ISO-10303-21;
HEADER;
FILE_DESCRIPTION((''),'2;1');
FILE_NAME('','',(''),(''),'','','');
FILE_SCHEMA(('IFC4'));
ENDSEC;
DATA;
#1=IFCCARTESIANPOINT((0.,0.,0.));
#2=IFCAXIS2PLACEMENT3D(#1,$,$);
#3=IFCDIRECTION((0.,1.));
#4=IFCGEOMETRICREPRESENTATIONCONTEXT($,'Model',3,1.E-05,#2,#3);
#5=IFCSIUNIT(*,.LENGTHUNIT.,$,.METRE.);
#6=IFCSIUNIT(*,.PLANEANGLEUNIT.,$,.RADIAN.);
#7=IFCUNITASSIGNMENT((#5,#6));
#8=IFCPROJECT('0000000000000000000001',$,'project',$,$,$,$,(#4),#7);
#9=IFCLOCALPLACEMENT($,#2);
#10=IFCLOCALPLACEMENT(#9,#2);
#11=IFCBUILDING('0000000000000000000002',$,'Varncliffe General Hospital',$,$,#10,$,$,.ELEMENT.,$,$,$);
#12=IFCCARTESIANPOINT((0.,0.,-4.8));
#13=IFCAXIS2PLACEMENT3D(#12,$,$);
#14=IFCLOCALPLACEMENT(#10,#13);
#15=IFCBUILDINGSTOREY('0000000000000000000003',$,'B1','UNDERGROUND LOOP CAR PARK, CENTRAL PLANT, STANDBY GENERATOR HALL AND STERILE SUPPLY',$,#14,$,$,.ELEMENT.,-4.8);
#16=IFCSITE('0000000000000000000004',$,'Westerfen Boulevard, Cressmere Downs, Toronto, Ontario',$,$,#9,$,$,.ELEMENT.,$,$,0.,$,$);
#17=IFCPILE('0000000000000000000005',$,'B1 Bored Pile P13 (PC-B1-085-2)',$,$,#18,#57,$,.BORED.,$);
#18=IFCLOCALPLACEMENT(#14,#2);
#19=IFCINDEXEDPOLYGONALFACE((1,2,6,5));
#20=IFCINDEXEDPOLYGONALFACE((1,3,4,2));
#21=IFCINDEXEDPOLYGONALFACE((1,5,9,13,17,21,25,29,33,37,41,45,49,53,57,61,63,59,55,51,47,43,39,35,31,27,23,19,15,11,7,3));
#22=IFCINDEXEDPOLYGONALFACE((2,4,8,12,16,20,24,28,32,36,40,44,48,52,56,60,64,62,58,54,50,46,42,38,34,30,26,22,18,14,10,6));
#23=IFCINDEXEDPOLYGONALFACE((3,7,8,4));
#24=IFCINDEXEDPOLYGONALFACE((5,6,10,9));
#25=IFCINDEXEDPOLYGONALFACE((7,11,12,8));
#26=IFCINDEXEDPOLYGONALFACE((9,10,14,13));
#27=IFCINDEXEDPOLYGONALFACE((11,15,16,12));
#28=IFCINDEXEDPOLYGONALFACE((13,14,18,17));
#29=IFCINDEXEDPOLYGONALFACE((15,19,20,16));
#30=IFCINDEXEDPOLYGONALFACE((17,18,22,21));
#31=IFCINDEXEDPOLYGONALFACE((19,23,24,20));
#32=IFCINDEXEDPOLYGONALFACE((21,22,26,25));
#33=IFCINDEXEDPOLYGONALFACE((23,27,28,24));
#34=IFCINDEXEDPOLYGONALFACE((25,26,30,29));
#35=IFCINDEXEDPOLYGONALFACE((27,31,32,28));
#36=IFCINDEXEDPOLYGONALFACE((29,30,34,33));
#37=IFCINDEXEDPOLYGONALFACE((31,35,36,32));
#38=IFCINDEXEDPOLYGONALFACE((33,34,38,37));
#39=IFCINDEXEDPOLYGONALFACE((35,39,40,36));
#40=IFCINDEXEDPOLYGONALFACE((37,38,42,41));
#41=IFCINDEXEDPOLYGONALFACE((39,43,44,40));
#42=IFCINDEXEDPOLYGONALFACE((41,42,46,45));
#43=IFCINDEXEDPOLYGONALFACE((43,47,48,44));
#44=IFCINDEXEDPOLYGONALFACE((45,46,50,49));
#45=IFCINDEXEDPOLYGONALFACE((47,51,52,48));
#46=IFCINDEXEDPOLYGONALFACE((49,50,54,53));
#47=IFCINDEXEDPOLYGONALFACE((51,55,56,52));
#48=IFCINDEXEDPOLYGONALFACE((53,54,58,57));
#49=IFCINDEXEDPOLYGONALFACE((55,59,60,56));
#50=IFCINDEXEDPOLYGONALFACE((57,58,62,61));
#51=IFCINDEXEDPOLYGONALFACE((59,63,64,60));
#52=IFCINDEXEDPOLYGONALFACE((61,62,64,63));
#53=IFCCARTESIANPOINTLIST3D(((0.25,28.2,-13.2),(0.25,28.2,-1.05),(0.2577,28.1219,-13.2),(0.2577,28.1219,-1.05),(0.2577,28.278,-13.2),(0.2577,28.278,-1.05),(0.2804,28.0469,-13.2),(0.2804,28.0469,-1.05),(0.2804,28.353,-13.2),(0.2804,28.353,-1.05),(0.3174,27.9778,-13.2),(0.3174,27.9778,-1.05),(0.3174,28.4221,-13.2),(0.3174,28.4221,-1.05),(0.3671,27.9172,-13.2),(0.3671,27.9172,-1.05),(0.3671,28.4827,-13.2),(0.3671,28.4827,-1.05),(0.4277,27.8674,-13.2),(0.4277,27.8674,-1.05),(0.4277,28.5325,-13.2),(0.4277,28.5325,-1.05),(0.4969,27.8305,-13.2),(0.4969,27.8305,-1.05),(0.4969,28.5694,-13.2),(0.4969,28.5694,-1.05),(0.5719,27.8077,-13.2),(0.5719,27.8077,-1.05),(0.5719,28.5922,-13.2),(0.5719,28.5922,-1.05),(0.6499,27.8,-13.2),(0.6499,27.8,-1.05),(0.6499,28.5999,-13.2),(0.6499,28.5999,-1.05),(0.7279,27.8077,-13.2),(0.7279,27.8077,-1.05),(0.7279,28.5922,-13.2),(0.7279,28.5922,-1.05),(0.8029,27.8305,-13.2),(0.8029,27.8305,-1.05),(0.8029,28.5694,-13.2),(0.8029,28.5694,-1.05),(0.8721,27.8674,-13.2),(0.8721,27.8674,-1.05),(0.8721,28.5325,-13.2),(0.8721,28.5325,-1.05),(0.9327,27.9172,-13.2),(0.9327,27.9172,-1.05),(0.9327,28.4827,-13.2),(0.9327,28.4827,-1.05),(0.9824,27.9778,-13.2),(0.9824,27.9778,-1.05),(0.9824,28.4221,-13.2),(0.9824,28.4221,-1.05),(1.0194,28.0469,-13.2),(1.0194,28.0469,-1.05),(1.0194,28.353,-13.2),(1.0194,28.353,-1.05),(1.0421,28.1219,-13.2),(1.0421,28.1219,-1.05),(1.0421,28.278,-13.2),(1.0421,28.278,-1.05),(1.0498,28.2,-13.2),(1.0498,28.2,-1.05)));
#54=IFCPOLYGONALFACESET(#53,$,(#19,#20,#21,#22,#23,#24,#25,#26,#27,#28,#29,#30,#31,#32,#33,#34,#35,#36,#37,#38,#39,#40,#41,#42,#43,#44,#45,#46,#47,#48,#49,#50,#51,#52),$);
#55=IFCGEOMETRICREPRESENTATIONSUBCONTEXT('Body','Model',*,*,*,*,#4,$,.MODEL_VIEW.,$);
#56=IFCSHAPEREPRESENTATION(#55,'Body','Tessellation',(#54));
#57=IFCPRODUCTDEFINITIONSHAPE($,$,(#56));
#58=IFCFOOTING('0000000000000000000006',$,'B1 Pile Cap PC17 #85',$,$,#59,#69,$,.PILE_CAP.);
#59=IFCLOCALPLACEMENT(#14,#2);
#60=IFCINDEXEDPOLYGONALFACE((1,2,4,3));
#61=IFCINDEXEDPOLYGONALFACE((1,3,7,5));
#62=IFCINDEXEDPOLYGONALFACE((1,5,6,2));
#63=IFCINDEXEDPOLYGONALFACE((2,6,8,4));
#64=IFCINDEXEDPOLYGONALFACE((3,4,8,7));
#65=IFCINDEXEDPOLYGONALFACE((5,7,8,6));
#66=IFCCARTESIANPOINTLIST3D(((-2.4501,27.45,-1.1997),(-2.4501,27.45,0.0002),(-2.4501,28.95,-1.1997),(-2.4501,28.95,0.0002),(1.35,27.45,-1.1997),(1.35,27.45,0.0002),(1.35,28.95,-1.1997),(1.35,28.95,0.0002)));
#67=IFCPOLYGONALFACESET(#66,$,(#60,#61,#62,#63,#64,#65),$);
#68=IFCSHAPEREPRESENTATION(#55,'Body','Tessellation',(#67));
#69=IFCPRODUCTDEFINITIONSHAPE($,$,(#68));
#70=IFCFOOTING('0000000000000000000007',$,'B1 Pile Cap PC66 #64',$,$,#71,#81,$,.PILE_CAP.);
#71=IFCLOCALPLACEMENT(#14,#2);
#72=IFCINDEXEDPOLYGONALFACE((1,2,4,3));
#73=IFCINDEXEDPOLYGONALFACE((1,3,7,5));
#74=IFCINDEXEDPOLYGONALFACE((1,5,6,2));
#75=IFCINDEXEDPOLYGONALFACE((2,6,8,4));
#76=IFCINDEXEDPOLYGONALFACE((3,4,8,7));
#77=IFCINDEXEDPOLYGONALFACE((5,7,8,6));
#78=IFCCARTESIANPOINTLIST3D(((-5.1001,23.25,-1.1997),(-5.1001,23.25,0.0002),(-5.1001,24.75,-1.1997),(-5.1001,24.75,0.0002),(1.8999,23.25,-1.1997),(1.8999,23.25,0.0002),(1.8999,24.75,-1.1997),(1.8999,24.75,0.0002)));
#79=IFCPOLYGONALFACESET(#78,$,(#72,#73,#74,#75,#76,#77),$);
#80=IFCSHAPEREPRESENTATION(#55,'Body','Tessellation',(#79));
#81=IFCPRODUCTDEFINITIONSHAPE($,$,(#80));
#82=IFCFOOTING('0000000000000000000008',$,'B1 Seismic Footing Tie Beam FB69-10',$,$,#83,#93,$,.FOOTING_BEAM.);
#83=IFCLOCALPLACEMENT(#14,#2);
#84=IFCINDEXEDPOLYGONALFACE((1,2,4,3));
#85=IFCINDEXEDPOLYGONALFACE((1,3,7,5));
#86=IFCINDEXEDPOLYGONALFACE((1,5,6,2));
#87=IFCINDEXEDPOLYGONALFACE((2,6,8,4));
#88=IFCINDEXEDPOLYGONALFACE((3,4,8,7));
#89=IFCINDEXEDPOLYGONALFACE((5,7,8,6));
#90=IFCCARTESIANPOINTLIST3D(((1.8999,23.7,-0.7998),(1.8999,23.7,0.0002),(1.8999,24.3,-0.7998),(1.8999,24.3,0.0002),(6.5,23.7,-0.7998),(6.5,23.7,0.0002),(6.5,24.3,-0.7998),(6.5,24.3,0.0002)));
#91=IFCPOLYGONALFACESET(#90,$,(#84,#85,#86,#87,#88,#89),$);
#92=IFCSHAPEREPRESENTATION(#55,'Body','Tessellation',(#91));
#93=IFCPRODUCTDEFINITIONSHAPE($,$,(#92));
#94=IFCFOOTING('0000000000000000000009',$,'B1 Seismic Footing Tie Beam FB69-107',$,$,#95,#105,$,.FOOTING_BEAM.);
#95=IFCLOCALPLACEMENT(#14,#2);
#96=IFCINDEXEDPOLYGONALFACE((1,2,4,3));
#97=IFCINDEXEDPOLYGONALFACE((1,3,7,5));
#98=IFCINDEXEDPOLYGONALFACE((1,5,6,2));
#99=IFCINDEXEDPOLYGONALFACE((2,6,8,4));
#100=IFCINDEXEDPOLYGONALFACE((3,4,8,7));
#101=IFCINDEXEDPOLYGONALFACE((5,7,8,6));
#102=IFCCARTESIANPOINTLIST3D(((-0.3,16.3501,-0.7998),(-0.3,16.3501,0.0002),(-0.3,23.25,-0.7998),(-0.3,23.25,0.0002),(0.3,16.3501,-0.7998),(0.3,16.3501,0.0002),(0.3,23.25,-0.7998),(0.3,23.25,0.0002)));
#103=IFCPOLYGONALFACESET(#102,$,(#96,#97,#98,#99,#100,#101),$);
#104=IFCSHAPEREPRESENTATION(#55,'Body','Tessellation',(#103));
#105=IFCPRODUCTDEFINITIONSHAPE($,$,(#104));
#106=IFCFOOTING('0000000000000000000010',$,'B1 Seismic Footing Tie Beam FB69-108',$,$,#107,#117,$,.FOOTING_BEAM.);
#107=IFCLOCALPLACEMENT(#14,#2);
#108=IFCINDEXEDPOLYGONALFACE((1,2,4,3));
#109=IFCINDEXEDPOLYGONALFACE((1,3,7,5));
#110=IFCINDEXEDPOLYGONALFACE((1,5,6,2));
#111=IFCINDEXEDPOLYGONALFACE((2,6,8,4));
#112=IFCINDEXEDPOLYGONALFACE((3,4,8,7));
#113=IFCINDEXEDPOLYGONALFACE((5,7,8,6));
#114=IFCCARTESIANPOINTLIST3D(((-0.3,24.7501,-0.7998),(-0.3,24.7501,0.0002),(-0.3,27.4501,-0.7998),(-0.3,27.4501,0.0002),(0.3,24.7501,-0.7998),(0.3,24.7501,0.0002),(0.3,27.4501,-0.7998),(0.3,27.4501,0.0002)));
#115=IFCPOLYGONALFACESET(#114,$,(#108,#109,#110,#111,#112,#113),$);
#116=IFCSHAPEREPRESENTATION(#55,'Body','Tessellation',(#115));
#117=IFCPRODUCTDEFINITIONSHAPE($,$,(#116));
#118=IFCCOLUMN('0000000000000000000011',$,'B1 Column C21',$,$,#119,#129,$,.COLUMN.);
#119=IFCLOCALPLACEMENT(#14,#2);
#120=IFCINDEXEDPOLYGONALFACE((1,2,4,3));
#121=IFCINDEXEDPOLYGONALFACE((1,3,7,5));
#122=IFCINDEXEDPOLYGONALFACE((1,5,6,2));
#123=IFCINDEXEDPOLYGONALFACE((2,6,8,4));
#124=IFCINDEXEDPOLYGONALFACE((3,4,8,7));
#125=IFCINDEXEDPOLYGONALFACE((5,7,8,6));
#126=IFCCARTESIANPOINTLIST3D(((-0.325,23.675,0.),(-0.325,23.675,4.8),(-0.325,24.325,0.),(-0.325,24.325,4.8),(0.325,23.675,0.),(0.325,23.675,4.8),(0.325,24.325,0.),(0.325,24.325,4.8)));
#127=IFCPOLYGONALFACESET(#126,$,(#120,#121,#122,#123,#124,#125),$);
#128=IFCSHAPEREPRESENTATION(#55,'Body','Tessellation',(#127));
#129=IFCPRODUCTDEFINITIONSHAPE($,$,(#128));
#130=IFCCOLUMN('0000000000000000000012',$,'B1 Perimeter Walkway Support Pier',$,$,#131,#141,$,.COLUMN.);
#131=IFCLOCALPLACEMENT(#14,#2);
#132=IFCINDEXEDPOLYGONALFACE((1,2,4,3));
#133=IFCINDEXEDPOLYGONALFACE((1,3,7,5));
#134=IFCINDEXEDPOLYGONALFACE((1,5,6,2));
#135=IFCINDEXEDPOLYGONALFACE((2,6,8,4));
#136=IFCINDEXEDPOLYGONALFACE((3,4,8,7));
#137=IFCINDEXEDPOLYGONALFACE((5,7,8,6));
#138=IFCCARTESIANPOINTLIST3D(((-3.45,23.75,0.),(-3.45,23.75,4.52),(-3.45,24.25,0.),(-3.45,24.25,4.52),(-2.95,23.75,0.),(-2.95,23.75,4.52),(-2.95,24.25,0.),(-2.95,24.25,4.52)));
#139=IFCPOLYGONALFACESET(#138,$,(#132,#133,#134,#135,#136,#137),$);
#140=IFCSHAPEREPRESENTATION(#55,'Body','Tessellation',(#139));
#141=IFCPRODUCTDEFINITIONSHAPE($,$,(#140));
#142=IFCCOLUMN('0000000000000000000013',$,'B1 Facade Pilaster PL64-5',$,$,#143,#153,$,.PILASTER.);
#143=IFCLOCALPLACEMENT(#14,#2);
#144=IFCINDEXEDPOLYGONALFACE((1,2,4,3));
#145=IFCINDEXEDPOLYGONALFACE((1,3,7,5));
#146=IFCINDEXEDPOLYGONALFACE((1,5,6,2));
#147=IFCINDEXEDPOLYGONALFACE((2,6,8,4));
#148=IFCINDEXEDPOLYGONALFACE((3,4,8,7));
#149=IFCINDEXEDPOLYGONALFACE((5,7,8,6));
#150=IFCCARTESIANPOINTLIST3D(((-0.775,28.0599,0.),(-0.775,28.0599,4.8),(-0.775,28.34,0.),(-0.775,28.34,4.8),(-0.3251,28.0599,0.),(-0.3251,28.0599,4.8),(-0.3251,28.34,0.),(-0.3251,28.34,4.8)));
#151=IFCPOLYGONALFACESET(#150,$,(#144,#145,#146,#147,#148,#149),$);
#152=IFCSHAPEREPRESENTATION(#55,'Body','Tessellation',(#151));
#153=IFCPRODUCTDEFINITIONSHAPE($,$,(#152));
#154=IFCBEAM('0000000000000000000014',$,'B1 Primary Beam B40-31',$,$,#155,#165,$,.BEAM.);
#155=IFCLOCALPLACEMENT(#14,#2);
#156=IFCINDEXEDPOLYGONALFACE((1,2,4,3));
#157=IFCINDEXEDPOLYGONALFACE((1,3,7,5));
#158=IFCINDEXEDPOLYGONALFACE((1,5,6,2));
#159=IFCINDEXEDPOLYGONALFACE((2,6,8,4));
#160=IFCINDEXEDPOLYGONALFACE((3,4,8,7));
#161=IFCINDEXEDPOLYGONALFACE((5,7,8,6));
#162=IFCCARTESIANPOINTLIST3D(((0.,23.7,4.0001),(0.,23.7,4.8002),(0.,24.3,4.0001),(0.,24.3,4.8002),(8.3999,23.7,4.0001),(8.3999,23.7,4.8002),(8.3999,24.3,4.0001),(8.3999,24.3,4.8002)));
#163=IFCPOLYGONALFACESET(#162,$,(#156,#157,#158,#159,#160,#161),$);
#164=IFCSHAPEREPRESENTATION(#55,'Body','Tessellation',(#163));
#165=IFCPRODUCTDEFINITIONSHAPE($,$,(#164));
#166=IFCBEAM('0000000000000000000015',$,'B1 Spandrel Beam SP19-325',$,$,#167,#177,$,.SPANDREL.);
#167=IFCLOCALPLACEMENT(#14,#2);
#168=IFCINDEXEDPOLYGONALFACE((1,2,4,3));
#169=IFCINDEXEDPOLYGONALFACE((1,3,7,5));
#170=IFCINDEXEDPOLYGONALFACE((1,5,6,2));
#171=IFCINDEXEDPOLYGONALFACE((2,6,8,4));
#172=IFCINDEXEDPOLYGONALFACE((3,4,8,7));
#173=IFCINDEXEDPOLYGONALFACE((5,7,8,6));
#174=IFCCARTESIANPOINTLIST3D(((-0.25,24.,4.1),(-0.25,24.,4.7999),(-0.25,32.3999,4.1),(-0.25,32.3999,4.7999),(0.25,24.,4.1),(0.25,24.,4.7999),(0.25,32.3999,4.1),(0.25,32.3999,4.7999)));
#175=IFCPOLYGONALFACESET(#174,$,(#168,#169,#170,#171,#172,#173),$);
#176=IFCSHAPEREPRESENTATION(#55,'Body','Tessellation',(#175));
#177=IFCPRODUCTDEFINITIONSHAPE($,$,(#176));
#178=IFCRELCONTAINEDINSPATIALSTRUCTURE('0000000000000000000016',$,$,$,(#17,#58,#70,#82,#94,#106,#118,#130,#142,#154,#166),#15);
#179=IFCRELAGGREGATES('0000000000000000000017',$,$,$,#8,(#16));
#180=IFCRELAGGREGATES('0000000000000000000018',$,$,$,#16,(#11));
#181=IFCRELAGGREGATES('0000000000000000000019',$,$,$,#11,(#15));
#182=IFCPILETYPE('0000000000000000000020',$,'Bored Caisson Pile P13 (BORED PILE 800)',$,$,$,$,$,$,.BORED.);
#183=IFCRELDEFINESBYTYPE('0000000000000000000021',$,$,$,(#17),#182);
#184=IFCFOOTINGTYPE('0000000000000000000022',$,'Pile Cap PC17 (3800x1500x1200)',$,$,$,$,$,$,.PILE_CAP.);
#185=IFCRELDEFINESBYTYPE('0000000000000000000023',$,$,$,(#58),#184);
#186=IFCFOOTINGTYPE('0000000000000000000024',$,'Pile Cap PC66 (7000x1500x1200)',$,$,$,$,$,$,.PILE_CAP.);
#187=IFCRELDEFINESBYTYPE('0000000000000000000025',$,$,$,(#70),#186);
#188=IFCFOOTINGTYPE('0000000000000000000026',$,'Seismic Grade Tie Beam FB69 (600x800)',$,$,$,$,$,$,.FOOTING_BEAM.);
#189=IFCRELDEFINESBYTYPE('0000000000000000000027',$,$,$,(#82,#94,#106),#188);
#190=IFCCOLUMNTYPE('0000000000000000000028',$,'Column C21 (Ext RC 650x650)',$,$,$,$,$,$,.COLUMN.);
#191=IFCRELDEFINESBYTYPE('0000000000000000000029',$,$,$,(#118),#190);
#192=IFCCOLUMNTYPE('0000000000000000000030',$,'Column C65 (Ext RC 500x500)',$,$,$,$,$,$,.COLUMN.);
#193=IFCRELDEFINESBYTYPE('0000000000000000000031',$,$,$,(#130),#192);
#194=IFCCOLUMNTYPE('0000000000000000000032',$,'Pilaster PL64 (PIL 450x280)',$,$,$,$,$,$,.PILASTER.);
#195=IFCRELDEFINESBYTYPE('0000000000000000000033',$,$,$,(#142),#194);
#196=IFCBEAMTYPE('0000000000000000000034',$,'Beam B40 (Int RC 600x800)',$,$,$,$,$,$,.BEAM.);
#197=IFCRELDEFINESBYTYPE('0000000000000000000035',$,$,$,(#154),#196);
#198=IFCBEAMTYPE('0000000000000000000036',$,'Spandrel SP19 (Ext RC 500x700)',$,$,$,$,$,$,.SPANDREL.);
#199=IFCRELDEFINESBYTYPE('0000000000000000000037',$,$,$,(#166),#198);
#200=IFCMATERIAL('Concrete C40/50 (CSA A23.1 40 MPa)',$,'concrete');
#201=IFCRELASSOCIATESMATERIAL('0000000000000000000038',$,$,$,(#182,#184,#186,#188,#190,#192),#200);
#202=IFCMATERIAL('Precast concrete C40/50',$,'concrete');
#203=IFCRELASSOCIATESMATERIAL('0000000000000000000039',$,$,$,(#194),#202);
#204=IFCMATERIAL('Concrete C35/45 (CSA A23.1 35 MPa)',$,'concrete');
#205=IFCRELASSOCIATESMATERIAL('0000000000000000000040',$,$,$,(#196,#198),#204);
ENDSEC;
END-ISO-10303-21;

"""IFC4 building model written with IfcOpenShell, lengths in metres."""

from ifc_helpers import new_model, si_unit, direction, frame, origin, origin_2d, place, context, subcontext, project, spatial, rectangle, circle, extrude, material, material_profile, profile_set, type_object, element, save


model = new_model("IFC4")

# Units and contexts
model_context = context("Model", 3, precision=1e-05, world=origin(), true_north=direction((0.0, 1.0)))
body_context = subcontext(model_context, "Body", "Model", "MODEL_VIEW")
ifc_project = project(units=[si_unit("LENGTHUNIT", "METRE"), si_unit("PLANEANGLEUNIT", "RADIAN")], contexts=[model_context])

# Site, building, storey
site_placement = place(None, origin())
site = spatial("IfcSite", under=ifc_project, at=site_placement, Name="Westerfen Boulevard, Cressmere Downs, Toronto, Ontario", CompositionType="ELEMENT", RefElevation=0.0)
building_placement = place(site_placement, origin())
building = spatial("IfcBuilding", under=site, at=building_placement, Name="Varncliffe General Hospital", CompositionType="ELEMENT")
storey_placement = place(building_placement, frame((0.0, 0.0, -4.8)))
storey = spatial("IfcBuildingStorey", under=building, at=storey_placement, Name="B1", Description="UNDERGROUND LOOP CAR PARK, CENTRAL PLANT, STANDBY GENERATOR HALL AND STERILE SUPPLY", CompositionType="ELEMENT", Elevation=-4.8)

# Pile
ifc_material_1 = material(Name="Concrete C40/50 (CSA A23.1 40 MPa)", Category="concrete")
ifc_material_profile_1 = material_profile(ifc_material_1, circle(Radius=0.3999, at=origin_2d()), Name="BORED PILE 800")
ifc_profile_set_1 = profile_set([ifc_material_profile_1], Name="Concrete C40/50 (CSA A23.1 40 MPa)")
pile_type = type_object("IfcPileType", Name="Bored Caisson Pile P13 (BORED PILE 800)", PredefinedType="BORED", material=ifc_profile_set_1)
for number, where, z_axis, x_axis, name in (
    (1, (0.6499, 28.2, -1.05), (0.0, 0.0, -1.0), (1.0, 0.0, 0.0), "B1 Bored Pile P13 (PC-B1-085-2)"),
):
    element("IfcPile", number, at=place(storey_placement, frame(where, z_axis=z_axis, x_axis=x_axis)), inside=storey, type_object=pile_type, Name=name, PredefinedType="BORED", context=body_context, shape_type="SweptSolid", body=[
        extrude(circle(Radius=0.3999, at=origin_2d()), origin(), (0.0, 0.0, 1.0), 12.1499),
    ])

# Footings
footing_type_1 = type_object("IfcFootingType", Name="Pile Cap PC17 (3800x1500x1200)", PredefinedType="PILE_CAP", material=ifc_material_1)
footing_1_placement = place(storey_placement, frame((-0.55, 28.2, -1.1997), z_axis=(0.0, 0.0, 1.0), x_axis=(1.0, 0.0, 0.0)))
element("IfcFooting", 2, at=footing_1_placement, inside=storey, type_object=footing_type_1, Name="B1 Pile Cap PC17 #85", PredefinedType="PILE_CAP", context=body_context, shape_type="SweptSolid", body=[
    extrude(rectangle(XDim=3.8, YDim=1.5, at=origin_2d()), origin(), (0.0, 0.0, 1.0), 1.2),
])
footing_type_2 = type_object("IfcFootingType", Name="Pile Cap PC66 (7000x1500x1200)", PredefinedType="PILE_CAP", material=ifc_material_1)
footing_2_placement = place(storey_placement, frame((-1.6001, 24.0, -1.1997), z_axis=(0.0, 0.0, 1.0), x_axis=(1.0, 0.0, 0.0)))
element("IfcFooting", 3, at=footing_2_placement, inside=storey, type_object=footing_type_2, Name="B1 Pile Cap PC66 #64", PredefinedType="PILE_CAP", context=body_context, shape_type="SweptSolid", body=[
    extrude(rectangle(XDim=7.0, YDim=1.5, at=origin_2d()), origin(), (0.0, 0.0, 1.0), 1.2),
])
footing_type_3 = type_object("IfcFootingType", Name="Seismic Grade Tie Beam FB69 (600x800)", PredefinedType="FOOTING_BEAM", material=ifc_material_1)
footing_3_placement = place(storey_placement, frame((4.2, 24.0, -0.7998), z_axis=(0.0, 0.0, 1.0), x_axis=(1.0, 0.0, 0.0)))
element("IfcFooting", 4, at=footing_3_placement, inside=storey, type_object=footing_type_3, Name="B1 Seismic Footing Tie Beam FB69-10", PredefinedType="FOOTING_BEAM", context=body_context, shape_type="SweptSolid", body=[
    extrude(rectangle(XDim=4.6001, YDim=0.6001, at=origin_2d()), origin(), (0.0, 0.0, 1.0), 0.8),
])
footing_4_placement = place(storey_placement, frame((0.0, 19.8, -0.7998), z_axis=(0.0, 0.0, 1.0), x_axis=(1.0, 0.0, 0.0)))
element("IfcFooting", 5, at=footing_4_placement, inside=storey, type_object=footing_type_3, Name="B1 Seismic Footing Tie Beam FB69-107", PredefinedType="FOOTING_BEAM", context=body_context, shape_type="SweptSolid", body=[
    extrude(rectangle(XDim=0.6001, YDim=6.8999, at=origin_2d()), origin(), (0.0, 0.0, 1.0), 0.8),
])
footing_5_placement = place(storey_placement, frame((0.0, 26.1001, -0.7998), z_axis=(0.0, 0.0, 1.0), x_axis=(1.0, 0.0, 0.0)))
element("IfcFooting", 6, at=footing_5_placement, inside=storey, type_object=footing_type_3, Name="B1 Seismic Footing Tie Beam FB69-108", PredefinedType="FOOTING_BEAM", context=body_context, shape_type="SweptSolid", body=[
    extrude(rectangle(XDim=0.6001, YDim=2.7, at=origin_2d()), origin(), (0.0, 0.0, 1.0), 0.8),
])

# Columns
ifc_material_profile_2 = material_profile(ifc_material_1, rectangle(XDim=0.6499, YDim=0.6499, at=origin_2d()), Name="RC 650x650")
ifc_profile_set_2 = profile_set([ifc_material_profile_2], Name="Concrete C40/50 (CSA A23.1 40 MPa)")
column_type_1 = type_object("IfcColumnType", Name="Column C21 (Ext RC 650x650)", PredefinedType="COLUMN", material=ifc_profile_set_2)
column_1_placement = place(storey_placement, frame((0.0, 24.0, 0.0), z_axis=(0.0, 0.0, 1.0), x_axis=(1.0, 0.0, 0.0)))
element("IfcColumn", 7, at=column_1_placement, inside=storey, type_object=column_type_1, Name="B1 Column C21", PredefinedType="COLUMN", context=body_context, shape_type="SweptSolid", body=[
    extrude(rectangle(XDim=0.6499, YDim=0.6499, at=origin_2d()), origin(), (0.0, 0.0, 1.0), 4.8),
])
ifc_material_profile_3 = material_profile(ifc_material_1, rectangle(XDim=0.5, YDim=0.5, at=origin_2d()), Name="RC 500x500")
ifc_profile_set_3 = profile_set([ifc_material_profile_3], Name="Concrete C40/50 (CSA A23.1 40 MPa)")
column_type_2 = type_object("IfcColumnType", Name="Column C65 (Ext RC 500x500)", PredefinedType="COLUMN", material=ifc_profile_set_3)
column_2_placement = place(storey_placement, frame((-3.2, 24.0, 0.0), z_axis=(0.0, 0.0, 1.0), x_axis=(1.0, 0.0, 0.0)))
element("IfcColumn", 8, at=column_2_placement, inside=storey, type_object=column_type_2, Name="B1 Perimeter Walkway Support Pier", PredefinedType="COLUMN", context=body_context, shape_type="SweptSolid", body=[
    extrude(rectangle(XDim=0.5, YDim=0.5, at=origin_2d()), origin(), (0.0, 0.0, 1.0), 4.52),
])
ifc_material_2 = material(Name="Precast concrete C40/50", Category="concrete")
ifc_material_profile_4 = material_profile(ifc_material_2, rectangle(XDim=0.45, YDim=0.28, at=origin_2d()), Name="PIL 450x280")
ifc_profile_set_4 = profile_set([ifc_material_profile_4], Name="Precast concrete C40/50")
column_type_3 = type_object("IfcColumnType", Name="Pilaster PL64 (PIL 450x280)", PredefinedType="PILASTER", material=ifc_profile_set_4)
column_3_placement = place(storey_placement, frame((-0.55, 28.2, 0.0), z_axis=(0.0, 0.0, 1.0), x_axis=(1.0, 0.0, 0.0)))
element("IfcColumn", 9, at=column_3_placement, inside=storey, type_object=column_type_3, Name="B1 Facade Pilaster PL64-5", PredefinedType="PILASTER", context=body_context, shape_type="SweptSolid", body=[
    extrude(rectangle(XDim=0.45, YDim=0.28, at=origin_2d()), origin(), (0.0, 0.0, 1.0), 4.8),
])

# Beams
ifc_material_3 = material(Name="Concrete C35/45 (CSA A23.1 35 MPa)", Category="concrete")
ifc_material_profile_5 = material_profile(ifc_material_3, rectangle(XDim=0.6001, YDim=0.8, at=origin_2d()), Name="RC 600x800")
ifc_profile_set_5 = profile_set([ifc_material_profile_5], Name="Concrete C35/45 (CSA A23.1 35 MPa)")
beam_type_1 = type_object("IfcBeamType", Name="Beam B40 (Int RC 600x800)", PredefinedType="BEAM", material=ifc_profile_set_5)
beam_1_placement = place(storey_placement, frame((0.0, 24.0, 4.4001), z_axis=(1.0, 0.0, 0.0), x_axis=(0.0, 1.0, 0.0)))
element("IfcBeam", 10, at=beam_1_placement, inside=storey, type_object=beam_type_1, Name="B1 Primary Beam B40-31", PredefinedType="BEAM", context=body_context, shape_type="SweptSolid", body=[
    extrude(rectangle(XDim=0.6001, YDim=0.8, at=origin_2d()), origin(), (0.0, 0.0, 1.0), 8.3999),
])
ifc_material_profile_6 = material_profile(ifc_material_3, rectangle(XDim=0.5, YDim=0.7, at=origin_2d()), Name="RC 500x700")
ifc_profile_set_6 = profile_set([ifc_material_profile_6], Name="Concrete C35/45 (CSA A23.1 35 MPa)")
beam_type_2 = type_object("IfcBeamType", Name="Spandrel SP19 (Ext RC 500x700)", PredefinedType="SPANDREL", material=ifc_profile_set_6)
beam_2_placement = place(storey_placement, frame((0.0, 24.0, 4.45), z_axis=(0.0, 1.0, 0.0), x_axis=(-1.0, 0.0, 0.0)))
element("IfcBeam", 11, at=beam_2_placement, inside=storey, type_object=beam_type_2, Name="B1 Spandrel Beam SP19-325", PredefinedType="SPANDREL", context=body_context, shape_type="SweptSolid", body=[
    extrude(rectangle(XDim=0.5, YDim=0.7, at=origin_2d()), origin(), (0.0, 0.0, 1.0), 8.3999),
])

save(model, "model.ifc")
